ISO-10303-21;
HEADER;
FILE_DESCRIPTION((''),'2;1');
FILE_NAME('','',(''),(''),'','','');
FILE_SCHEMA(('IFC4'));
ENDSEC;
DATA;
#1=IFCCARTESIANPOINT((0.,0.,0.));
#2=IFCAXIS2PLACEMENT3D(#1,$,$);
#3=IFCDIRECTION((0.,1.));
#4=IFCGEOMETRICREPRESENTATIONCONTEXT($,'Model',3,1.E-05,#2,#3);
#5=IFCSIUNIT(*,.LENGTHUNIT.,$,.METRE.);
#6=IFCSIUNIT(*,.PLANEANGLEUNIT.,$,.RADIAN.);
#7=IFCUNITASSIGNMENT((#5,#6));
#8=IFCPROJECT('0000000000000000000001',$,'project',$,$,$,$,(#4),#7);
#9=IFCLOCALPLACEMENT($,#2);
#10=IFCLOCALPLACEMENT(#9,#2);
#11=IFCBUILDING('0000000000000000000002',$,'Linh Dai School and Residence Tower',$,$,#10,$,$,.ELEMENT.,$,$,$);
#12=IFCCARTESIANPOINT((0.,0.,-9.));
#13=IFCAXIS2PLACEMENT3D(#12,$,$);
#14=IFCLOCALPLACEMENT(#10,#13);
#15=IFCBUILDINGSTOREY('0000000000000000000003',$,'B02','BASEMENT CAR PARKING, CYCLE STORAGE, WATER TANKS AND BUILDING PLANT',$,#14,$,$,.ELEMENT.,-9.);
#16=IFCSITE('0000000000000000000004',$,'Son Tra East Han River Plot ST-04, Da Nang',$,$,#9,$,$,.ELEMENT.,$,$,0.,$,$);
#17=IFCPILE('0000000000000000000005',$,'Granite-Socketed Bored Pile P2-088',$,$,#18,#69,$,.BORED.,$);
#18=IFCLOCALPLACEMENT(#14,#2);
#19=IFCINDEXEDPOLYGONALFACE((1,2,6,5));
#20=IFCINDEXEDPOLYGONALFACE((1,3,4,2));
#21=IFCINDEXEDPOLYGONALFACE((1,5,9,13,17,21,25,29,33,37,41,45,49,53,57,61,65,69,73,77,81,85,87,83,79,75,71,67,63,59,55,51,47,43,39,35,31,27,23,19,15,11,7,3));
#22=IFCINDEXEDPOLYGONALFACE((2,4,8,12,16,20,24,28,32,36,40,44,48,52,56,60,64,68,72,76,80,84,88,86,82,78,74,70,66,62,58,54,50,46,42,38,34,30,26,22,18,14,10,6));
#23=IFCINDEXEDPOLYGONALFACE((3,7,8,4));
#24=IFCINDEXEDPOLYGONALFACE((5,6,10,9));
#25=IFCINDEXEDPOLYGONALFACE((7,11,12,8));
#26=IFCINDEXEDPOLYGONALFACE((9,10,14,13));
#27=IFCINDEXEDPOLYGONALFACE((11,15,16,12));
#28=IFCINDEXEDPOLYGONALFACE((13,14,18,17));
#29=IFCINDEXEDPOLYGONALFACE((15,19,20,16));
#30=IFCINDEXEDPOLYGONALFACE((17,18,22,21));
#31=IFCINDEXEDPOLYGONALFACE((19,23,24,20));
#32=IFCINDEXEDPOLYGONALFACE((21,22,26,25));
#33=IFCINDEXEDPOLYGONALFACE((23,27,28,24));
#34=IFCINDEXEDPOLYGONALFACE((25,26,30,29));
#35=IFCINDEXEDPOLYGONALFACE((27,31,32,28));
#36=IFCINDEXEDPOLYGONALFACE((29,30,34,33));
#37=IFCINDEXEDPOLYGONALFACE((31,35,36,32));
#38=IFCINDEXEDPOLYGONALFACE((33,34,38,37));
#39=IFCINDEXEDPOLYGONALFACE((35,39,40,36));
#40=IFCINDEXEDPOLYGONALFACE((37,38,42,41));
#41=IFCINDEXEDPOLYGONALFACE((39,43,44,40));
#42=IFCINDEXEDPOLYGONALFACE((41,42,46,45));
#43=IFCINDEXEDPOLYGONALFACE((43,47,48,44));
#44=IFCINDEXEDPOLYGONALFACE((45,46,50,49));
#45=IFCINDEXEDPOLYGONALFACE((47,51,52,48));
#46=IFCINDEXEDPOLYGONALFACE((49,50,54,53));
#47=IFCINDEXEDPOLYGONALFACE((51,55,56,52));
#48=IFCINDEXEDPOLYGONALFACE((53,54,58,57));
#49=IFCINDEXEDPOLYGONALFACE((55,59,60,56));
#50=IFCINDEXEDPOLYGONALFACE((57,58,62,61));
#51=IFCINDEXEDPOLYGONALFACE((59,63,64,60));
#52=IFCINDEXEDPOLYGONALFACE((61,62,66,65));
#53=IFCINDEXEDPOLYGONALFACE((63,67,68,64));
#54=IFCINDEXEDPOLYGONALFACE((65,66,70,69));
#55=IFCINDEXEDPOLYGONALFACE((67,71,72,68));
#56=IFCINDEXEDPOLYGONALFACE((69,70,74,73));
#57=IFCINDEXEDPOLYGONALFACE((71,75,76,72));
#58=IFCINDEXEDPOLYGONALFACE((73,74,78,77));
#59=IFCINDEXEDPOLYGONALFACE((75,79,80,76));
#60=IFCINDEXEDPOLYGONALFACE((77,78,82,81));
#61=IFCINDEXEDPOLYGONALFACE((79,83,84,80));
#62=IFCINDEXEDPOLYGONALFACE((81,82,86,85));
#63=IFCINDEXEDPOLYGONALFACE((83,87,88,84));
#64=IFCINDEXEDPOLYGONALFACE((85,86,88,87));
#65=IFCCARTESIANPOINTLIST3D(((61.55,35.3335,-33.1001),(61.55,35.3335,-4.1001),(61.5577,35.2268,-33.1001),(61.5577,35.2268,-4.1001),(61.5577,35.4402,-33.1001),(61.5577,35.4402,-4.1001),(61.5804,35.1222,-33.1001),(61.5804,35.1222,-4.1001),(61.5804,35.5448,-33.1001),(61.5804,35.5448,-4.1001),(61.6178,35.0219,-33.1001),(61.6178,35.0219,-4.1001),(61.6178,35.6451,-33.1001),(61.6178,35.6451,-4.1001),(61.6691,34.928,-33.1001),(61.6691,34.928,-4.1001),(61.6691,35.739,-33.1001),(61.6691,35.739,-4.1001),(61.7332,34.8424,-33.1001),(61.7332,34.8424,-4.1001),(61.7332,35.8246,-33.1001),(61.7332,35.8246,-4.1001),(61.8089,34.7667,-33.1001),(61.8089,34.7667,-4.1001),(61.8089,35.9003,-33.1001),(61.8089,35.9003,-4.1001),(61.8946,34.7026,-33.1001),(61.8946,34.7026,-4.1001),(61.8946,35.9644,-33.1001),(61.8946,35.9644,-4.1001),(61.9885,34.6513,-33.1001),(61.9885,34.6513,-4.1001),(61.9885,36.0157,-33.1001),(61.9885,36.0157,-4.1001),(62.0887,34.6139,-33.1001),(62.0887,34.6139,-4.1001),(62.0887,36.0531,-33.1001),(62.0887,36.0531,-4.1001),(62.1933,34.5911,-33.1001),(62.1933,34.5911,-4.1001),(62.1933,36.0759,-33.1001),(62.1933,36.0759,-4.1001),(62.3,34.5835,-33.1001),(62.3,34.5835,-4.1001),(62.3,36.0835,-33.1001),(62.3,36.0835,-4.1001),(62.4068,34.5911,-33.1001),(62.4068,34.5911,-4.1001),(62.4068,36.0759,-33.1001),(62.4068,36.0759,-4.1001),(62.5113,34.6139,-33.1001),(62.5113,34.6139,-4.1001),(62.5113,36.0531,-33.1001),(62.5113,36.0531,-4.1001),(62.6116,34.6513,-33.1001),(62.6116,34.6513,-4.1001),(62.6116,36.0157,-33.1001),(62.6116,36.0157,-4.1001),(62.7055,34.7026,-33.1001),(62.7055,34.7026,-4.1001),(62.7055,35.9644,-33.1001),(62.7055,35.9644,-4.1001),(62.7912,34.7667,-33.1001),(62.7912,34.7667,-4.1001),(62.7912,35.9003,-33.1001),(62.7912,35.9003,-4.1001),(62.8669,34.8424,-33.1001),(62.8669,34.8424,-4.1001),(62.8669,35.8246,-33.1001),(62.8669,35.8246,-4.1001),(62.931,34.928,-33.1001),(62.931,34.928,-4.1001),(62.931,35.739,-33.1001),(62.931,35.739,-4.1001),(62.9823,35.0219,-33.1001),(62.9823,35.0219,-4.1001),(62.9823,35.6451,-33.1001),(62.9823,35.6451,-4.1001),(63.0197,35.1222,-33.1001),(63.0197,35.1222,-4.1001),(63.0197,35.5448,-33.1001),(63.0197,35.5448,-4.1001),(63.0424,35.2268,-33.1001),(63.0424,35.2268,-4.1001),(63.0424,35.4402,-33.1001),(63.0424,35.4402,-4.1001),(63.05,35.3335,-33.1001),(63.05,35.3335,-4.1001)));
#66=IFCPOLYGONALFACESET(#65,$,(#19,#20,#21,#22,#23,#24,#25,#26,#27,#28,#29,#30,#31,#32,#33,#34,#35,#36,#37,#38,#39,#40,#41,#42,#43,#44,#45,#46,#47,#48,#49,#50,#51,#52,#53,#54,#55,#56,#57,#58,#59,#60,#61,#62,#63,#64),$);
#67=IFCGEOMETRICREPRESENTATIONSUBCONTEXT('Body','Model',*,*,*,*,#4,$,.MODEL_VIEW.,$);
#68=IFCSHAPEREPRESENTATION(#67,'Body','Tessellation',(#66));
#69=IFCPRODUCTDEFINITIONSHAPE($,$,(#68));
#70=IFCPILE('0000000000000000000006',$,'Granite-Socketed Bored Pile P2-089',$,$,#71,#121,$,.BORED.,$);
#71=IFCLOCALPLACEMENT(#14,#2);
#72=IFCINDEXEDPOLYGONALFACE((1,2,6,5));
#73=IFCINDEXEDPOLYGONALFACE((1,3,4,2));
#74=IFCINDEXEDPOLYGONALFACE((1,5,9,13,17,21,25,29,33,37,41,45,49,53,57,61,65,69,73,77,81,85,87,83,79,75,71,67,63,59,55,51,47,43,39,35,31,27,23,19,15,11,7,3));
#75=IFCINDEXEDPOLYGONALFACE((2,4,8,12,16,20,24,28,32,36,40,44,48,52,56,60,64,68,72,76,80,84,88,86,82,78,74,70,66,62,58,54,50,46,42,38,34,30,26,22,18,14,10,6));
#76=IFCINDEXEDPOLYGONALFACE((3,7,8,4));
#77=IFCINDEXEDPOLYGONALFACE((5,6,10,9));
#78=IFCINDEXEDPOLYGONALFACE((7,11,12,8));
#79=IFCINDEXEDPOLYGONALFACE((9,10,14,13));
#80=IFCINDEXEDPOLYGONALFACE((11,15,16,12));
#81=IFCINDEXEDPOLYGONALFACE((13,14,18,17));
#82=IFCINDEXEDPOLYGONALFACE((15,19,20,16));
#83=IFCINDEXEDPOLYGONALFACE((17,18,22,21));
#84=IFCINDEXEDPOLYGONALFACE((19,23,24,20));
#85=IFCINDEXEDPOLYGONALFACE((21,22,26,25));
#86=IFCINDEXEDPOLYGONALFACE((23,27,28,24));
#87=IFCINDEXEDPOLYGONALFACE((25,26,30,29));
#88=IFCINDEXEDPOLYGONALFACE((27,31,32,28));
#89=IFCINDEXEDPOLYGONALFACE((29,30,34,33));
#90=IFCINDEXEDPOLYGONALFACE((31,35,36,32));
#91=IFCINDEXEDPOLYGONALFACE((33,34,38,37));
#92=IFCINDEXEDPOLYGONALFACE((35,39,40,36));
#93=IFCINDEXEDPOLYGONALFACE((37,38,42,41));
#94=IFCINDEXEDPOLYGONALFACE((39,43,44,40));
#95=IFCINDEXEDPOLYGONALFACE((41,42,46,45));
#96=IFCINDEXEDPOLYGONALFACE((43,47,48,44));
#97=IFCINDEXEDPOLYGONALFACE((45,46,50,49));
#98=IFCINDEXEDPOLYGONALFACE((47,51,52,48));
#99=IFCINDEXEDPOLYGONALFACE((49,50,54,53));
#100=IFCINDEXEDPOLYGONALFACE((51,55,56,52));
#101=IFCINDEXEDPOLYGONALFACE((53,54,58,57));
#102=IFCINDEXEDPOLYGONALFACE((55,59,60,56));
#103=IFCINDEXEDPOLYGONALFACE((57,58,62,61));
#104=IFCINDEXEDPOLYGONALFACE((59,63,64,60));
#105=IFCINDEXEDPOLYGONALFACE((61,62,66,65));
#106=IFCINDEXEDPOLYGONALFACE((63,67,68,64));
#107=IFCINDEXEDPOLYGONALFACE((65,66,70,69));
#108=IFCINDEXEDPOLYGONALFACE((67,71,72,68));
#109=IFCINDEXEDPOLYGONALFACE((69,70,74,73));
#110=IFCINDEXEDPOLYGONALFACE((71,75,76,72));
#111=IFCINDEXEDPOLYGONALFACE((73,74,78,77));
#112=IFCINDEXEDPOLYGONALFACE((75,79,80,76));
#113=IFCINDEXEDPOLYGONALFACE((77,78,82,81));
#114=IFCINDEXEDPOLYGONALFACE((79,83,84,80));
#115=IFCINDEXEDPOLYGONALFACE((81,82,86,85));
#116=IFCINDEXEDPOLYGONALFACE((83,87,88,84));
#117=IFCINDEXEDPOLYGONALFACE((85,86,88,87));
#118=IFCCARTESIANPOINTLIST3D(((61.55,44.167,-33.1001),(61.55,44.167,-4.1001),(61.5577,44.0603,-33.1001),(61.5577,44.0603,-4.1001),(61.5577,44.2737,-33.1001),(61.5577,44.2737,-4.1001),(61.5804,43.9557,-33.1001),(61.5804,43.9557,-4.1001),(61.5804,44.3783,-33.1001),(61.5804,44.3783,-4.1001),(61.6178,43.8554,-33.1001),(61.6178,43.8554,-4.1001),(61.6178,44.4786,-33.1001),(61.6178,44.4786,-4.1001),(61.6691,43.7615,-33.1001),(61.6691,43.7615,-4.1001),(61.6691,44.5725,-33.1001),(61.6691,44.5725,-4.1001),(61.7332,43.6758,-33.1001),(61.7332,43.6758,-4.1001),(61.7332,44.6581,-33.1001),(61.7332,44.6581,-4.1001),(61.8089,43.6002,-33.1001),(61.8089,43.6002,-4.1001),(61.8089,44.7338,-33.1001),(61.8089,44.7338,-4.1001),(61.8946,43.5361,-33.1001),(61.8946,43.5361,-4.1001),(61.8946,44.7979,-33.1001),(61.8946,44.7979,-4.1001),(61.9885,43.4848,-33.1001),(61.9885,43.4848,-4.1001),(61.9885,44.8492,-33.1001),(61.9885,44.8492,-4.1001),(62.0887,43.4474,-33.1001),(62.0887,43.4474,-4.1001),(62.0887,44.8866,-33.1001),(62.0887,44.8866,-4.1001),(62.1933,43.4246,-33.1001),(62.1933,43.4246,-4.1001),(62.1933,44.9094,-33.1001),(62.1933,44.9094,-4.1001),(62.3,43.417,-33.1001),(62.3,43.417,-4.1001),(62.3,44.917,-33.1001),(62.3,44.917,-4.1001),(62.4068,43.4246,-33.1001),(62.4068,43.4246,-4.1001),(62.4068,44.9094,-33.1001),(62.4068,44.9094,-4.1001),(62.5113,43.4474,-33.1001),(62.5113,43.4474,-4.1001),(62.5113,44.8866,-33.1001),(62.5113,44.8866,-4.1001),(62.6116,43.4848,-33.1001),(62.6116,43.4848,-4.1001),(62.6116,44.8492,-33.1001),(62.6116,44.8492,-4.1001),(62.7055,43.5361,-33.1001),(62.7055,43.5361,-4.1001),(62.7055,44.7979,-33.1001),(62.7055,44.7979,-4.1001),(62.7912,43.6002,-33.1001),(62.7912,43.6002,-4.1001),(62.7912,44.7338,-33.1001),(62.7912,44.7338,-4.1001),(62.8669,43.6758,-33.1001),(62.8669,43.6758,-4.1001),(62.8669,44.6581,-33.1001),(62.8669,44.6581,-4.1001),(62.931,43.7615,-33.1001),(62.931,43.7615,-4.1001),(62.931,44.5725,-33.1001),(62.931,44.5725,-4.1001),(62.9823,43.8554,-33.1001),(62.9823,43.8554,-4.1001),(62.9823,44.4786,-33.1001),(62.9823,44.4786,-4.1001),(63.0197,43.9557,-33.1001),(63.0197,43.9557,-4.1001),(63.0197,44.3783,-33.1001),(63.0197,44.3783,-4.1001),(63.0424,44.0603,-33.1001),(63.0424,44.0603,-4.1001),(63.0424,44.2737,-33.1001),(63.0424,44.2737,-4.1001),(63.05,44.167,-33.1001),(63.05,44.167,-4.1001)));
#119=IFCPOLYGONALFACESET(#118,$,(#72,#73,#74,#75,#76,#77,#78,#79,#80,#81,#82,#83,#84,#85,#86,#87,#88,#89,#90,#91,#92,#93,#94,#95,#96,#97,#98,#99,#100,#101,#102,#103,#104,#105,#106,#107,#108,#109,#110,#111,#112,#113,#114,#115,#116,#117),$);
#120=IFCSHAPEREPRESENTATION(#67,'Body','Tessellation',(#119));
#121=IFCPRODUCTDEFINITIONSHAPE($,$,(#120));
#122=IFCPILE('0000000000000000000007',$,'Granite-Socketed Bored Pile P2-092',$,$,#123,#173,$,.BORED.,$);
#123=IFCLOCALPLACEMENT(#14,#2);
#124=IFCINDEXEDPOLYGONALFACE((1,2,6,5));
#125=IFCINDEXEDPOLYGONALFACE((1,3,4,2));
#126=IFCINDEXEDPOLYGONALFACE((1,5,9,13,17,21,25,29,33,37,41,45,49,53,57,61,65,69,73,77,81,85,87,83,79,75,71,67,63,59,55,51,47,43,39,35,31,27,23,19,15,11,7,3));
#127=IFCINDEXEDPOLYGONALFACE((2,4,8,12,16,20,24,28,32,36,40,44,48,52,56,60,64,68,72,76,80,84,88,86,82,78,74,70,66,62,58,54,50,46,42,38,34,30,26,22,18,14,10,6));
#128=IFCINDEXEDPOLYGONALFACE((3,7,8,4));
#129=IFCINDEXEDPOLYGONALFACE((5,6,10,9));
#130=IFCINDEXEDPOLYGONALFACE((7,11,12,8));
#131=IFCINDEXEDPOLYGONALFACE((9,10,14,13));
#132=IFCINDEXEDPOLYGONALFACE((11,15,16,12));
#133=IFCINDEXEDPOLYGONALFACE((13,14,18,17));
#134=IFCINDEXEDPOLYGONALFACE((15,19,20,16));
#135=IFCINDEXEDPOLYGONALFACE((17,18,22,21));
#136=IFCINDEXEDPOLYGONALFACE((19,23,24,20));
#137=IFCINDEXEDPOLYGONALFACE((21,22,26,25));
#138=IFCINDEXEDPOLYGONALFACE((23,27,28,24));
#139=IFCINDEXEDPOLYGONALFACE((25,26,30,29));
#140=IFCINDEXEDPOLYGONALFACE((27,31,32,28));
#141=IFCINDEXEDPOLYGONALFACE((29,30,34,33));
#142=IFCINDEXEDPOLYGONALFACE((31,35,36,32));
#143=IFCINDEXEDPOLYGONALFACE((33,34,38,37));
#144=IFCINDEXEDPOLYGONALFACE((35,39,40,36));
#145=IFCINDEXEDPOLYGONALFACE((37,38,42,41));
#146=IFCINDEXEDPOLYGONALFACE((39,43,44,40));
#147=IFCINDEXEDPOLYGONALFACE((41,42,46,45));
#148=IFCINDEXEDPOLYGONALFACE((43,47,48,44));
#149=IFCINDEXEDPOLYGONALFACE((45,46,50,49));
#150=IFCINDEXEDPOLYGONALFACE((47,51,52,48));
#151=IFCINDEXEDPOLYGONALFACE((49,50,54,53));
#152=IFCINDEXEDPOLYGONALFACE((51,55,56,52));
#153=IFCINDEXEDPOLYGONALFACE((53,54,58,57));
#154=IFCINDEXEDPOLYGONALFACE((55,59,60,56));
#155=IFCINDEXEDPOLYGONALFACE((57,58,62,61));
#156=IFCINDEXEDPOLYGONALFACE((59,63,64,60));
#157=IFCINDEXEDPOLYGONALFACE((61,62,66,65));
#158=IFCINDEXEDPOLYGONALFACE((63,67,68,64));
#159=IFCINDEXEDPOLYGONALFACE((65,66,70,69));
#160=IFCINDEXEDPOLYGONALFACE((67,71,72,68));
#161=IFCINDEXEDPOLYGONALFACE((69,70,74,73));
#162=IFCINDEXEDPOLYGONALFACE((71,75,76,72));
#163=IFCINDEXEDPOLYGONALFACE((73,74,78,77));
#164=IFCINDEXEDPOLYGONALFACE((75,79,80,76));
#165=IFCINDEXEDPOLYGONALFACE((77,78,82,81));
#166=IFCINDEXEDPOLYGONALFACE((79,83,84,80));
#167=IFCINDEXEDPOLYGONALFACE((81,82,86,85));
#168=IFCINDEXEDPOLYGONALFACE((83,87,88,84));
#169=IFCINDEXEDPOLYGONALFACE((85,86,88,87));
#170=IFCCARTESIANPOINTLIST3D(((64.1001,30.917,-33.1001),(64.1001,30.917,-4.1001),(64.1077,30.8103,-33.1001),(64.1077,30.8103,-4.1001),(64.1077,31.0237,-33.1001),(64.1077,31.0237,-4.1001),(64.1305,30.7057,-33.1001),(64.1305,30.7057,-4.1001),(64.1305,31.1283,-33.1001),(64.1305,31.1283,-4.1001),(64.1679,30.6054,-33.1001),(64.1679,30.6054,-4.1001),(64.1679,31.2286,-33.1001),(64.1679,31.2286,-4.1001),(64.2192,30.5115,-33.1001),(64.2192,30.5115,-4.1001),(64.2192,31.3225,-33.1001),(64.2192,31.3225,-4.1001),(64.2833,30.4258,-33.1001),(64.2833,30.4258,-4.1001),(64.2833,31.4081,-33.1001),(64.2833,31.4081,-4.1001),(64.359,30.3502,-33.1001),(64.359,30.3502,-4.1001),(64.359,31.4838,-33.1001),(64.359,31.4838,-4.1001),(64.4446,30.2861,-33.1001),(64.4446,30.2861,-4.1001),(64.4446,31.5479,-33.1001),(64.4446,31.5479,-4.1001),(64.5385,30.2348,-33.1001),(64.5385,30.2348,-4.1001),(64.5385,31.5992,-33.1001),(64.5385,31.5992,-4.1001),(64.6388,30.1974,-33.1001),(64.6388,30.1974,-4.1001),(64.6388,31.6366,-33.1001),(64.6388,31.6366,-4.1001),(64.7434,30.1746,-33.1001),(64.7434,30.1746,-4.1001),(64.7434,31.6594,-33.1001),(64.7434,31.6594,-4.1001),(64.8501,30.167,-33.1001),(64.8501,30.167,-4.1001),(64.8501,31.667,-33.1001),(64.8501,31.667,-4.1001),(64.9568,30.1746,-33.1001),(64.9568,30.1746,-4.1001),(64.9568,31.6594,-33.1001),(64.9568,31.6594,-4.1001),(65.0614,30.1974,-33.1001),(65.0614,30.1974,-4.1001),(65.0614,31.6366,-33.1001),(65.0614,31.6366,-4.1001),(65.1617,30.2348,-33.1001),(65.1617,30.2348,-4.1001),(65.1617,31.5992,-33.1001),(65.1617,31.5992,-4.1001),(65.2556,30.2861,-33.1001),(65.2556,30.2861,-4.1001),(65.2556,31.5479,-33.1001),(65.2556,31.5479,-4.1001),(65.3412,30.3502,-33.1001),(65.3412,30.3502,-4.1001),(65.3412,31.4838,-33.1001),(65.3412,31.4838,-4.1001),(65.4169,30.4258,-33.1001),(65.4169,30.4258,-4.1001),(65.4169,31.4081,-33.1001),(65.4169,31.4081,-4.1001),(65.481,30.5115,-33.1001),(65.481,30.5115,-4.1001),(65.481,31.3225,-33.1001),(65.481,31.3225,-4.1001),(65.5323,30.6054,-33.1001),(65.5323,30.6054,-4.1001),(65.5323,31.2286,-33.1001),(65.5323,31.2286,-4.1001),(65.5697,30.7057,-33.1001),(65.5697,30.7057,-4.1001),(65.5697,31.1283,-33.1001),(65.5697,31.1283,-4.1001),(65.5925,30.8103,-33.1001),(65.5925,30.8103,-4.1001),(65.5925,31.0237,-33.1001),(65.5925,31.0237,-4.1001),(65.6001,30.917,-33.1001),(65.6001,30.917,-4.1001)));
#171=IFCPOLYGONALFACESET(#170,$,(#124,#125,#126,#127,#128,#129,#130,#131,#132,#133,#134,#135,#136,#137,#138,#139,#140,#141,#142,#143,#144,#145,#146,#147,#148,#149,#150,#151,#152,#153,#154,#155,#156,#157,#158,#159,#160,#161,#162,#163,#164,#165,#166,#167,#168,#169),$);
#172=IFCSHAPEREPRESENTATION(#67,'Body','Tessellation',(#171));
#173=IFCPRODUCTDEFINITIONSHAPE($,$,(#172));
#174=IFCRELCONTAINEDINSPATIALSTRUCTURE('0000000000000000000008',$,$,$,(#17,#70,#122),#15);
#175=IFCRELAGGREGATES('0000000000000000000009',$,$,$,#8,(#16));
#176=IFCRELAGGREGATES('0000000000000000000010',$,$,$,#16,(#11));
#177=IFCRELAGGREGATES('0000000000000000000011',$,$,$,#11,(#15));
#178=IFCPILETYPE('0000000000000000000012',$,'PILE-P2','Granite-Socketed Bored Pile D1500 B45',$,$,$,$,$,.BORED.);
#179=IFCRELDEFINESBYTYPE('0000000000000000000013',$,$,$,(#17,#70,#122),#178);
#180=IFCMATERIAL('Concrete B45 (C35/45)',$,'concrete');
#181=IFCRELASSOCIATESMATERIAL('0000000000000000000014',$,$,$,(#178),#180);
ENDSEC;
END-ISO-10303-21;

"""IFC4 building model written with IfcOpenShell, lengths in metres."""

from ifc_helpers import new_model, si_unit, direction, frame, origin, origin_2d, place, context, subcontext, project, spatial, circle, extrude, material, material_profile, profile_set, type_object, element, save


model = new_model("IFC4")

# Units and contexts
model_context = context("Model", 3, precision=1e-05, world=origin(), true_north=direction((0.0, 1.0)))
body_context = subcontext(model_context, "Body", "Model", "MODEL_VIEW")
ifc_project = project(units=[si_unit("LENGTHUNIT", "METRE"), si_unit("PLANEANGLEUNIT", "RADIAN")], contexts=[model_context])

# Site, building, storey
site_placement = place(None, origin())
site = spatial("IfcSite", under=ifc_project, at=site_placement, Name="Son Tra East Han River Plot ST-04, Da Nang", CompositionType="ELEMENT", RefElevation=0.0)
building_placement = place(site_placement, origin())
building = spatial("IfcBuilding", under=site, at=building_placement, Name="Linh Dai School and Residence Tower", CompositionType="ELEMENT")
storey_placement = place(building_placement, frame((0.0, 0.0, -9.0)))
storey = spatial("IfcBuildingStorey", under=building, at=storey_placement, Name="B02", Description="BASEMENT CAR PARKING, CYCLE STORAGE, WATER TANKS AND BUILDING PLANT", CompositionType="ELEMENT", Elevation=-9.0)

# Piles
ifc_material_1 = material(Name="Concrete B45 (C35/45)", Category="concrete")
ifc_material_profile_1 = material_profile(ifc_material_1, circle(Radius=0.75, at=origin_2d()), Name="PILE D1500")
ifc_profile_set_1 = profile_set([ifc_material_profile_1], Name="Concrete B45 (C35/45)")
pile_type = type_object("IfcPileType", Name="PILE-P2", Description="Granite-Socketed Bored Pile D1500 B45", PredefinedType="BORED", material=ifc_profile_set_1)
for number, where, z_axis, x_axis, name in (
    (1, (62.3, 35.3335, -4.1001), (0.0, 0.0, -1.0), (1.0, 0.0, 0.0), "Granite-Socketed Bored Pile P2-088"),
    (2, (62.3, 44.167, -4.1001), (0.0, 0.0, -1.0), (1.0, 0.0, 0.0), "Granite-Socketed Bored Pile P2-089"),
    (3, (64.8501, 30.917, -4.1001), (0.0, 0.0, -1.0), (1.0, 0.0, 0.0), "Granite-Socketed Bored Pile P2-092"),
):
    element("IfcPile", number, at=place(storey_placement, frame(where, z_axis=z_axis, x_axis=x_axis)), inside=storey, type_object=pile_type, Name=name, PredefinedType="BORED", context=body_context, shape_type="SweptSolid", body=[
        extrude(circle(Radius=0.75, at=origin_2d()), origin(), (0.0, 0.0, 1.0), 29.0),
    ])

save(model, "model.ifc")
